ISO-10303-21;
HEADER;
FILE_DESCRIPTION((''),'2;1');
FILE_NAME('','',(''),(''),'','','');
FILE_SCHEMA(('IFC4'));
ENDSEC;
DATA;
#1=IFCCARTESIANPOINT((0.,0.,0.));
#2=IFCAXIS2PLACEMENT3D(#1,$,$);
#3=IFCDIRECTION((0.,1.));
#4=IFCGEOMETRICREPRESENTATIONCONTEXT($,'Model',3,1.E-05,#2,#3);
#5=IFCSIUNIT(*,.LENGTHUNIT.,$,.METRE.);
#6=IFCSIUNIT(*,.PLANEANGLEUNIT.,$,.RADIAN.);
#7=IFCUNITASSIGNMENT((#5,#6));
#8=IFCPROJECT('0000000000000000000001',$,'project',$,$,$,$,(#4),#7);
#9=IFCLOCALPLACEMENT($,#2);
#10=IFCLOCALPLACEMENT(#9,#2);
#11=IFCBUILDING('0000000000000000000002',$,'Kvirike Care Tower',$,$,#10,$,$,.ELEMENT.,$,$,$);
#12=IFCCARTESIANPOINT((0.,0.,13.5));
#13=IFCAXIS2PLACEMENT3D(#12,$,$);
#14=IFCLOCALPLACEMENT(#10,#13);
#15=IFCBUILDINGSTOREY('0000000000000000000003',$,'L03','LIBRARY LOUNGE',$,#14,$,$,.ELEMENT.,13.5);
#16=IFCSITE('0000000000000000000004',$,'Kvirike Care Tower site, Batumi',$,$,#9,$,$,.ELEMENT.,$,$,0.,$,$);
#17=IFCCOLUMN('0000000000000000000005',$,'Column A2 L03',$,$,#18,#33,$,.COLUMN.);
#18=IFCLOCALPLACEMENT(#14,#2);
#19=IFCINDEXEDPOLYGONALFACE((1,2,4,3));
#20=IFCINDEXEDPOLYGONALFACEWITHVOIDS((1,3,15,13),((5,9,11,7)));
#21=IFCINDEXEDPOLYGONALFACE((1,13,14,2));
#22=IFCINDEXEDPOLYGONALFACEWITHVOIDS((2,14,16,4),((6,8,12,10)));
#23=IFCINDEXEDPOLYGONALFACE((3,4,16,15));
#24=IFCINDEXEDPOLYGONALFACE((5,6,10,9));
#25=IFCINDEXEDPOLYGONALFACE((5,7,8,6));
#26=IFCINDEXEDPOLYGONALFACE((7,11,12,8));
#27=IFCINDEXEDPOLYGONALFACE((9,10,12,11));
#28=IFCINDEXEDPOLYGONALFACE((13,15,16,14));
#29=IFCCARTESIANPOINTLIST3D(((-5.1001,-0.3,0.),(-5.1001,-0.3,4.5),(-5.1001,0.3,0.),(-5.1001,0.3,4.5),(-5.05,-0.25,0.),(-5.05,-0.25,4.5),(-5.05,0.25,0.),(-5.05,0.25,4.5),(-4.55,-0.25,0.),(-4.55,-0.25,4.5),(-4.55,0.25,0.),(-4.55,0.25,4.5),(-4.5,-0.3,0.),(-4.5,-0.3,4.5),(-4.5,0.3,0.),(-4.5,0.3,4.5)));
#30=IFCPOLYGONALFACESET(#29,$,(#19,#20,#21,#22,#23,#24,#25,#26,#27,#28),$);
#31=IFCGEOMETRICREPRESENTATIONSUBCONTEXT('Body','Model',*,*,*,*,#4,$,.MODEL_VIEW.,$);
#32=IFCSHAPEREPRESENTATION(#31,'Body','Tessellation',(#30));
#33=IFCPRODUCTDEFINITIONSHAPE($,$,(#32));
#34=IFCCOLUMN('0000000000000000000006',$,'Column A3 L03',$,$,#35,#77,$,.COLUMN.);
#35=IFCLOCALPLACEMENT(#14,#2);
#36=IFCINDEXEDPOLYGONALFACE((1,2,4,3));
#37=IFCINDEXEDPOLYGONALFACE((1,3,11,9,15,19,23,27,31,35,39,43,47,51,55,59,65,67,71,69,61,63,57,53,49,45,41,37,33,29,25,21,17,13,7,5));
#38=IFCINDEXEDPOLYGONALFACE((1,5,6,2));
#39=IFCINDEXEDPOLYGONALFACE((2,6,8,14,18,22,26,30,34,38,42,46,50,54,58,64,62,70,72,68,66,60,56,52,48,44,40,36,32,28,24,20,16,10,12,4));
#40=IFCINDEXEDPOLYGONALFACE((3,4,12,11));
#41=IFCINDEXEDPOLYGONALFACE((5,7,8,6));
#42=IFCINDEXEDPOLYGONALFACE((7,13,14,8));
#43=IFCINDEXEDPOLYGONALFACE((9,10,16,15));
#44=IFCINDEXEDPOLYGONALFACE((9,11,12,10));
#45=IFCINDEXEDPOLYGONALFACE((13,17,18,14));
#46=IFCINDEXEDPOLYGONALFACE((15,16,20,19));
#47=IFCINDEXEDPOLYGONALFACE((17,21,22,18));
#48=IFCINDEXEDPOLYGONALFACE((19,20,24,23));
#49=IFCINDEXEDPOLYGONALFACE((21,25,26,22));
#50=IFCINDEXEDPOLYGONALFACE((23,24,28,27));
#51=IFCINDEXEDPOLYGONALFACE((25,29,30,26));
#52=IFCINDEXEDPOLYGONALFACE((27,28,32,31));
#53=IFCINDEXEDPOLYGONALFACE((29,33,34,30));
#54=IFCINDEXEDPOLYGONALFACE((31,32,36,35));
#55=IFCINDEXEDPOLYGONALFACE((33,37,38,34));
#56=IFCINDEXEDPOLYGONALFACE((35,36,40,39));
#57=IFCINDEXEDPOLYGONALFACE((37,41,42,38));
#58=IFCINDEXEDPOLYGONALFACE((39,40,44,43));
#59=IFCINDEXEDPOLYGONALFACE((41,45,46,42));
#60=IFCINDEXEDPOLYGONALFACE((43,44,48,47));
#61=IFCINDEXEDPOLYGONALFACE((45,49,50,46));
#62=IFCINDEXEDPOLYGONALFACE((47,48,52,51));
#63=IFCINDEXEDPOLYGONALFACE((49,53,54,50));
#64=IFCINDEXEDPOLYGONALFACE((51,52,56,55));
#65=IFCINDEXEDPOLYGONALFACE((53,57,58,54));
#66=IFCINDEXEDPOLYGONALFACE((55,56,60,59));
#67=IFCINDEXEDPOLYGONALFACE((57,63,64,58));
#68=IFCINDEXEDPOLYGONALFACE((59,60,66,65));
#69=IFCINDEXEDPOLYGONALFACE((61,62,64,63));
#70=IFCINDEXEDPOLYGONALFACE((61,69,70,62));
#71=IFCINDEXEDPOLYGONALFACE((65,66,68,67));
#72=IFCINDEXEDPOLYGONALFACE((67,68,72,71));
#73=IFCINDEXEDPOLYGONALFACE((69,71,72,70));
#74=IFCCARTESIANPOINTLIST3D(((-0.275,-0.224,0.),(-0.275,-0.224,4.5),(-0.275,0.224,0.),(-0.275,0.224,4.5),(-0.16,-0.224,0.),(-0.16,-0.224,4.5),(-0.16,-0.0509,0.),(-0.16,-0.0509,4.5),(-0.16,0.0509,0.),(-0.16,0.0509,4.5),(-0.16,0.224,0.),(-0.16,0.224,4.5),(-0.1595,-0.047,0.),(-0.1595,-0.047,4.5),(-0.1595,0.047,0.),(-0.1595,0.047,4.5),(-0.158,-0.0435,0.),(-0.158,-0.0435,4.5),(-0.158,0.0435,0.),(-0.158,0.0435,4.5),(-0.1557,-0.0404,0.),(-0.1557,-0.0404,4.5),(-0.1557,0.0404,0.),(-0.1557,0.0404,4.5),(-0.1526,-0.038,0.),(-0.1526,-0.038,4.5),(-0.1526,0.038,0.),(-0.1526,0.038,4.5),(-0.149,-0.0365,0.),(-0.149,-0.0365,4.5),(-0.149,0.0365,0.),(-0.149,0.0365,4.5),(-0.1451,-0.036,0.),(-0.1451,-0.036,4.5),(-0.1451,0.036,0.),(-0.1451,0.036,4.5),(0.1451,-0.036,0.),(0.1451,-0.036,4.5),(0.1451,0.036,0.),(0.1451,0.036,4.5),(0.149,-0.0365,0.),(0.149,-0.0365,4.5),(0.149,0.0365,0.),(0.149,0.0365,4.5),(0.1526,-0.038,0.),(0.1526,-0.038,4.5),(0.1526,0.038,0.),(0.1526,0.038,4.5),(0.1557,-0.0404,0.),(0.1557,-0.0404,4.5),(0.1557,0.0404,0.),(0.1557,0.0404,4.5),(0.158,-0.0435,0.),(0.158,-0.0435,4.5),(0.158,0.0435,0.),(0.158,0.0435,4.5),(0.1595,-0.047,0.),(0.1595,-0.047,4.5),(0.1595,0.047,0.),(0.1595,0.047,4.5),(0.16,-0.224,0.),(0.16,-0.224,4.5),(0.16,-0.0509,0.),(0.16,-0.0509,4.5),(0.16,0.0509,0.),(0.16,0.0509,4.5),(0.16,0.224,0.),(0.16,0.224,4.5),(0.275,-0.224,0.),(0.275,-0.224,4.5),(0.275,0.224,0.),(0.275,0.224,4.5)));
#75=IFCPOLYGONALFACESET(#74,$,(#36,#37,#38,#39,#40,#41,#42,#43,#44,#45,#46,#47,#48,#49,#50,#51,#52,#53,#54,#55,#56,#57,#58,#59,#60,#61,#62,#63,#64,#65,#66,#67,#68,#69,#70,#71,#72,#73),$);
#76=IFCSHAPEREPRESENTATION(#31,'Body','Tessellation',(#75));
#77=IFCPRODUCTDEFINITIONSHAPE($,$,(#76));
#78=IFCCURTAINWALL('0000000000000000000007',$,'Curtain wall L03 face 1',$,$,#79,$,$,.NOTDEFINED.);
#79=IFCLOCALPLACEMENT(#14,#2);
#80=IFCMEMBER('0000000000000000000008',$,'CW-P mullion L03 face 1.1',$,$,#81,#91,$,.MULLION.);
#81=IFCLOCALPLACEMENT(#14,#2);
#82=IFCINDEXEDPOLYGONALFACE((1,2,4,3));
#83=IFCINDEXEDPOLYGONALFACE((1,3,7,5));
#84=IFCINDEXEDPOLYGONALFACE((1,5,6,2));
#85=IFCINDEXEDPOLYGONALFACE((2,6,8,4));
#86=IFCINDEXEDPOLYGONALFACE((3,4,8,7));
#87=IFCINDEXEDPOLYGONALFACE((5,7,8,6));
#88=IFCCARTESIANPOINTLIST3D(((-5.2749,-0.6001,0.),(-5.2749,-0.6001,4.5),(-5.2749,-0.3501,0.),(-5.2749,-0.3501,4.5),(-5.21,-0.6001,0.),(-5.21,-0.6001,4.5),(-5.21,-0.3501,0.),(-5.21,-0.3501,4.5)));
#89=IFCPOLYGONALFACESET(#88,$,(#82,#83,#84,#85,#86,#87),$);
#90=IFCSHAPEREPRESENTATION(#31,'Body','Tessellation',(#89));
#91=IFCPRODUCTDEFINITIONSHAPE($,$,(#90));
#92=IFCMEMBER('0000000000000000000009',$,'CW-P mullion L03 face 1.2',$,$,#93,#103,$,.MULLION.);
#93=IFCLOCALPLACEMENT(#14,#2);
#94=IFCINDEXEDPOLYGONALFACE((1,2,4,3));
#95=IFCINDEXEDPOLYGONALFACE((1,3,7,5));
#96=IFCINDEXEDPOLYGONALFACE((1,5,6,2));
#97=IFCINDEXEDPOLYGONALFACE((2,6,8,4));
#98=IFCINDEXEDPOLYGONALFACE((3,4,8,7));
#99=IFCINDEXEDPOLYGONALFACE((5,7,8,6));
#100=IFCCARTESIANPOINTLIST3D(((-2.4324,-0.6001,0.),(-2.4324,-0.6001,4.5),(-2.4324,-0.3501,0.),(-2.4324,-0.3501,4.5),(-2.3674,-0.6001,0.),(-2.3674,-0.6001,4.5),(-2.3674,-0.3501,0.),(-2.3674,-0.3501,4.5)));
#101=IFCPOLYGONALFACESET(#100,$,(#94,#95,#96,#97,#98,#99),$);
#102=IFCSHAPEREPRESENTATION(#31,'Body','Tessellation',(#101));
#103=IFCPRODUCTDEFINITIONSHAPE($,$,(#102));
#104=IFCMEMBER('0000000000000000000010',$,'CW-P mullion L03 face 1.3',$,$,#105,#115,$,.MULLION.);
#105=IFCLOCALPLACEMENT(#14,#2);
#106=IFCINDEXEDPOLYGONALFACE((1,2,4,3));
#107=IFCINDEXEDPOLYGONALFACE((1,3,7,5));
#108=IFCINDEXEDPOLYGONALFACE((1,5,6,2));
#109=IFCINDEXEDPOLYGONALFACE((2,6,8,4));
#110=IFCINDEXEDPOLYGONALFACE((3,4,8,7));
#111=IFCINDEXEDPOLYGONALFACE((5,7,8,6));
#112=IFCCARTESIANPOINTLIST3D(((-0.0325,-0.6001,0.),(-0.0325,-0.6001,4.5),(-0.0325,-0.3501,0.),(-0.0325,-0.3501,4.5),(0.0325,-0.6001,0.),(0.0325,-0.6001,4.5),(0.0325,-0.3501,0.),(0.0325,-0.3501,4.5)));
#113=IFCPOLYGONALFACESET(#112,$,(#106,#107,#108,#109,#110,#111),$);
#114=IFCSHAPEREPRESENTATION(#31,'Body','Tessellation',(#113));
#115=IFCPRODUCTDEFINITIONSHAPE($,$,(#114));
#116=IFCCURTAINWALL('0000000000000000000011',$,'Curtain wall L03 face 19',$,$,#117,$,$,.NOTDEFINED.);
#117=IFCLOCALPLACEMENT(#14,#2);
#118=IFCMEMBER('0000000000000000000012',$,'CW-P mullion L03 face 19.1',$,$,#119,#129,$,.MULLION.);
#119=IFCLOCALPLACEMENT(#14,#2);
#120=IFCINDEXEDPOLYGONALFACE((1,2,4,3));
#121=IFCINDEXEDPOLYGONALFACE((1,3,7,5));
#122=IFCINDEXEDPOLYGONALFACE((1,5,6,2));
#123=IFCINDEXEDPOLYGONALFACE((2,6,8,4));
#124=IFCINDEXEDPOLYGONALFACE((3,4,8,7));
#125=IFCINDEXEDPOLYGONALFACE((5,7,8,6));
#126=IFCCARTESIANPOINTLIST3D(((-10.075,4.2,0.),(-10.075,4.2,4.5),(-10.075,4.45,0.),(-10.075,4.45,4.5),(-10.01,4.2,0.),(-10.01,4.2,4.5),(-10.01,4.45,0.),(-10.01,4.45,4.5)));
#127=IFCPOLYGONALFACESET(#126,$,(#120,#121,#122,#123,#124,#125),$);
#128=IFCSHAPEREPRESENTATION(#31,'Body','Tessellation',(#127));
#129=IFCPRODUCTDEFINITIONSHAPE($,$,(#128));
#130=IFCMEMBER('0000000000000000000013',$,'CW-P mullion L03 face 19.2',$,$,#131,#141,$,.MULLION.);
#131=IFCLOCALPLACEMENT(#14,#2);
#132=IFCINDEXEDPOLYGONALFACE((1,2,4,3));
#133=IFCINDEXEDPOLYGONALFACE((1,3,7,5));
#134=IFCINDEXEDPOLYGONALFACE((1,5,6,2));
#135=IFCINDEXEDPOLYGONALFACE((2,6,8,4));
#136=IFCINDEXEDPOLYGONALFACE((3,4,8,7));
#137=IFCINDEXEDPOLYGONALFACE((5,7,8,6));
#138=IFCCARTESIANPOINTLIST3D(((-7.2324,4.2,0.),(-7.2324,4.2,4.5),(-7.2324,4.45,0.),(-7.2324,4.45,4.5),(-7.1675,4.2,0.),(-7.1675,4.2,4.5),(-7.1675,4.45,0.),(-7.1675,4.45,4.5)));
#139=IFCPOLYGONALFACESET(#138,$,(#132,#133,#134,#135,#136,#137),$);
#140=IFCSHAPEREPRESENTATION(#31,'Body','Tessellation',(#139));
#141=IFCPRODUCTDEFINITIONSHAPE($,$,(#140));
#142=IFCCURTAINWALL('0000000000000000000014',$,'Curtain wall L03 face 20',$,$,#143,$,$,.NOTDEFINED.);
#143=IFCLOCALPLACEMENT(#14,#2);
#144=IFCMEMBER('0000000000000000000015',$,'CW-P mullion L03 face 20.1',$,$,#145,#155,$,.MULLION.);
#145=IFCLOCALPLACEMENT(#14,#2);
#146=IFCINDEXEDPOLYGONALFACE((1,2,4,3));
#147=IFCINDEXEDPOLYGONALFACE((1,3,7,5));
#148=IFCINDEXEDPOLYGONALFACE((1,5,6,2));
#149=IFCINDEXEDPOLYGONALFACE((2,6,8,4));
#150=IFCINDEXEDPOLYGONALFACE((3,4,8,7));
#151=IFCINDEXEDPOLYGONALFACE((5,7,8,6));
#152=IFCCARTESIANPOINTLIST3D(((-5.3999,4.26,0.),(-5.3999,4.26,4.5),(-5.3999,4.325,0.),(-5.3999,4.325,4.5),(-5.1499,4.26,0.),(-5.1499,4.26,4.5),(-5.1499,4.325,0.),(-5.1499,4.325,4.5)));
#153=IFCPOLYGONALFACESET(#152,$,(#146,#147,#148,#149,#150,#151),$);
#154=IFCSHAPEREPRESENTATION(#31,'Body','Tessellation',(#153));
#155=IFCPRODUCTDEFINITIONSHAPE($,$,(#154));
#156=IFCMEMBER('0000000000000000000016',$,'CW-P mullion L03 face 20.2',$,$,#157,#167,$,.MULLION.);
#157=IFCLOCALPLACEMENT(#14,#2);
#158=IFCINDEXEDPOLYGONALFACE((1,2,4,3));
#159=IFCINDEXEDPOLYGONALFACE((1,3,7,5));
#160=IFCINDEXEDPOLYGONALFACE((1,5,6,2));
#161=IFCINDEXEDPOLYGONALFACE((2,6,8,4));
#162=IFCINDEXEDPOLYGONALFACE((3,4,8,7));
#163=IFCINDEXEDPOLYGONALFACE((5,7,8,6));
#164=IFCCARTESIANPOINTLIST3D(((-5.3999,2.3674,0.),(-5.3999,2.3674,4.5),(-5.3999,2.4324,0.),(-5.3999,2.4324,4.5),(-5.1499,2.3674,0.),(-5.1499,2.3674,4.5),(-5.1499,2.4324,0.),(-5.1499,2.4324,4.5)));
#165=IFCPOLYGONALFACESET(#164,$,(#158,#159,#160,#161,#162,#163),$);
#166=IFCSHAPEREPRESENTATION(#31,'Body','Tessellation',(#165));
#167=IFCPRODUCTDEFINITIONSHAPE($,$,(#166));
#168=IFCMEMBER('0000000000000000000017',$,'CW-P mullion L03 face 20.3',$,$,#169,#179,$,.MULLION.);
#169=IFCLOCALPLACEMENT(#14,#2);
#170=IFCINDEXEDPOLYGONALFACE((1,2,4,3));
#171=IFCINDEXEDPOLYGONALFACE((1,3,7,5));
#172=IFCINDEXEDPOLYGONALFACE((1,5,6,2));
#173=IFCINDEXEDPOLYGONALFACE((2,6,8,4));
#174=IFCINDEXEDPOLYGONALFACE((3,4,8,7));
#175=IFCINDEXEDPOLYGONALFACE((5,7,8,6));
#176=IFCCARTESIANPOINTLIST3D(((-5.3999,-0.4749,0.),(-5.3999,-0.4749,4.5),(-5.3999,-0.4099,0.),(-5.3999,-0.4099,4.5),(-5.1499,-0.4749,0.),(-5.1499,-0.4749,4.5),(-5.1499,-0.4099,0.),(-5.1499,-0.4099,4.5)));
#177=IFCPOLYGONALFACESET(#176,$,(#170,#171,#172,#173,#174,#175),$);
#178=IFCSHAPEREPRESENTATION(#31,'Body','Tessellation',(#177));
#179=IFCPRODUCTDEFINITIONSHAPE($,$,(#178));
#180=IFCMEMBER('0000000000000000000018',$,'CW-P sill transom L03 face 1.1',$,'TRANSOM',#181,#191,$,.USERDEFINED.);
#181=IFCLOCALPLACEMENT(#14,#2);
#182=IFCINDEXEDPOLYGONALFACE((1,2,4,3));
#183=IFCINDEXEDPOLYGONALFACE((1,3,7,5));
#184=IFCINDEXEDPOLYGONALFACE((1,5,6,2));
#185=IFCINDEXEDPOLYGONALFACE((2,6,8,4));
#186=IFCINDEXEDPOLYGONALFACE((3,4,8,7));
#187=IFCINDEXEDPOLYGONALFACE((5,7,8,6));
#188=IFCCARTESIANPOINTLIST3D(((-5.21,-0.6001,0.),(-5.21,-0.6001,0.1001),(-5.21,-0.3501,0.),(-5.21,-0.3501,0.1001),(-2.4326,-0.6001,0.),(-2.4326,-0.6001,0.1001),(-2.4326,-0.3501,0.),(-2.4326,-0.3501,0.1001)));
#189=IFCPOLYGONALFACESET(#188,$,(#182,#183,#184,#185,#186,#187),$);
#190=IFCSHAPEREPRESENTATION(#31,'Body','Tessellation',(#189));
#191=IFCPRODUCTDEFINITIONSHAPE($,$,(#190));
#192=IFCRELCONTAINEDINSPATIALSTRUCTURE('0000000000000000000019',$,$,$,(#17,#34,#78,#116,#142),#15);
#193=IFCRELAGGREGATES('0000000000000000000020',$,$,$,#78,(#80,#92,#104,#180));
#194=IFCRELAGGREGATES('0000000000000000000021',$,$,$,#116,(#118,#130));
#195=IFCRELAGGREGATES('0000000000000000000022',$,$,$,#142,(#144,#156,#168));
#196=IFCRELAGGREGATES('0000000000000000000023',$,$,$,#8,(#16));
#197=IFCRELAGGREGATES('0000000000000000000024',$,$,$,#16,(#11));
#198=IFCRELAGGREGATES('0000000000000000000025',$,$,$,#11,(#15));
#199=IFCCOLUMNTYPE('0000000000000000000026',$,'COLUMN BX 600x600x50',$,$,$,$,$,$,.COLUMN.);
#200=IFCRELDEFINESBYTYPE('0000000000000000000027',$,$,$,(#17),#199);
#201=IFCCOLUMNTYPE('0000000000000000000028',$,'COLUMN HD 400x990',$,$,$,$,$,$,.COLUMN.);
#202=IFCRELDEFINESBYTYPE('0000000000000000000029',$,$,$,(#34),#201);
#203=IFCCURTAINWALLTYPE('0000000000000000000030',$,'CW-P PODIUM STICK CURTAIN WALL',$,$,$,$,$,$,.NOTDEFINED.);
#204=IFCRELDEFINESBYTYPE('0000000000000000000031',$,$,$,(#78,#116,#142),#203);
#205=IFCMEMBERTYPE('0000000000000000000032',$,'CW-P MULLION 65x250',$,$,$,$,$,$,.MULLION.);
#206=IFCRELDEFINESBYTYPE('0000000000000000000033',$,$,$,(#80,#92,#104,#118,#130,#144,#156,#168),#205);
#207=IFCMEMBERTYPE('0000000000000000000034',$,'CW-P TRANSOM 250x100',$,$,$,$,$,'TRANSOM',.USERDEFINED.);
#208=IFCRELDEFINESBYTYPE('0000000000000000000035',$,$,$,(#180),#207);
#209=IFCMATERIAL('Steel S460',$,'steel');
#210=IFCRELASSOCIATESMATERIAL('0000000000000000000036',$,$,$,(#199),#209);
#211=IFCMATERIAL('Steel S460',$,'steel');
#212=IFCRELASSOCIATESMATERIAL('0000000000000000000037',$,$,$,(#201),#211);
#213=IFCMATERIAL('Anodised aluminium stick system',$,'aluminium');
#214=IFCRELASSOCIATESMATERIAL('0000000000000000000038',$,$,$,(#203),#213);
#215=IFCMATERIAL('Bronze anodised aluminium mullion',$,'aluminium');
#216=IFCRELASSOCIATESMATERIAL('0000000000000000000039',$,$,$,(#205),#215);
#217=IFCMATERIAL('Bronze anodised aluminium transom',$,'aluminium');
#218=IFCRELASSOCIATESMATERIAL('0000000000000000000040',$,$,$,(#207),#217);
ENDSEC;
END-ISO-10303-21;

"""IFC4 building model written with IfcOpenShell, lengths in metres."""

from ifc_helpers import new_model, si_unit, direction, frame, origin, origin_2d, place, context, subcontext, project, spatial, rectangle, hollow_rectangle, i_section, extrude, material, material_profile, profile_set, type_object, element, aggregate, save


model = new_model("IFC4")

# Units and contexts
model_context = context("Model", 3, precision=1e-05, world=origin(), true_north=direction((0.0, 1.0)))
body_context = subcontext(model_context, "Body", "Model", "MODEL_VIEW")
ifc_project = project(units=[si_unit("LENGTHUNIT", "METRE"), si_unit("PLANEANGLEUNIT", "RADIAN")], contexts=[model_context])

# Site, building, storey
site_placement = place(None, origin())
site = spatial("IfcSite", under=ifc_project, at=site_placement, Name="Kvirike Care Tower site, Batumi", CompositionType="ELEMENT", RefElevation=0.0)
building_placement = place(site_placement, origin())
building = spatial("IfcBuilding", under=site, at=building_placement, Name="Kvirike Care Tower", CompositionType="ELEMENT")
storey_placement = place(building_placement, frame((0.0, 0.0, 13.5)))
storey = spatial("IfcBuildingStorey", under=building, at=storey_placement, Name="L03", Description="LIBRARY LOUNGE", CompositionType="ELEMENT", Elevation=13.5)

# Columns
ifc_material_1 = material(Name="Steel S460", Category="steel")
ifc_material_profile_1 = material_profile(ifc_material_1, hollow_rectangle(XDim=0.6001, YDim=0.6001, WallThickness=0.05, at=origin_2d()), Name="BX 600x600x50")
ifc_profile_set_1 = profile_set([ifc_material_profile_1], Name="Steel S460")
column_type_1 = type_object("IfcColumnType", Name="COLUMN BX 600x600x50", PredefinedType="COLUMN", material=ifc_profile_set_1)
column_1_placement = place(storey_placement, frame((-4.8, 0.0, 0.0), z_axis=(0.0, 0.0, 1.0), x_axis=(0.0, 1.0, 0.0)))
element("IfcColumn", 1, at=column_1_placement, inside=storey, type_object=column_type_1, Name="Column A2 L03", PredefinedType="COLUMN", context=body_context, shape_type="SweptSolid", body=[
    extrude(hollow_rectangle(XDim=0.6001, YDim=0.6001, WallThickness=0.05, at=origin_2d()), origin(), (0.0, 0.0, 1.0), 4.5),
])
ifc_material_2 = material(Name="Steel S460", Category="steel")
ifc_material_profile_2 = material_profile(ifc_material_2, i_section(OverallWidth=0.448, OverallDepth=0.55, WebThickness=0.072, FlangeThickness=0.115, FilletRadius=0.0149, at=origin_2d()), Name="HD 400x990")
ifc_profile_set_2 = profile_set([ifc_material_profile_2], Name="Steel S460")
column_type_2 = type_object("IfcColumnType", Name="COLUMN HD 400x990", PredefinedType="COLUMN", material=ifc_profile_set_2)
column_2_placement = place(storey_placement, frame((0.0, 0.0, 0.0), z_axis=(0.0, 0.0, 1.0), x_axis=(0.0, 1.0, 0.0)))
element("IfcColumn", 2, at=column_2_placement, inside=storey, type_object=column_type_2, Name="Column A3 L03", PredefinedType="COLUMN", context=body_context, shape_type="SweptSolid", body=[
    extrude(i_section(OverallWidth=0.448, OverallDepth=0.55, WebThickness=0.072, FlangeThickness=0.115, FilletRadius=0.0149, at=origin_2d()), origin(), (0.0, 0.0, 1.0), 4.5),
])

# Curtain walls, members
ifc_material_3 = material(Name="Anodised aluminium stick system", Category="aluminium")
curtain_wall_type = type_object("IfcCurtainWallType", Name="CW-P PODIUM STICK CURTAIN WALL", PredefinedType="NOTDEFINED", material=ifc_material_3)
curtain_wall_1_placement = place(storey_placement, origin())
curtain_wall_1 = element("IfcCurtainWall", 3, at=curtain_wall_1_placement, inside=storey, type_object=curtain_wall_type, Name="Curtain wall L03 face 1", PredefinedType="NOTDEFINED")
ifc_material_4 = material(Name="Bronze anodised aluminium mullion", Category="aluminium")
ifc_material_profile_3 = material_profile(ifc_material_4, rectangle(XDim=0.0649, YDim=0.25, at=origin_2d()), Name="CW-P MULLION 65x250")
ifc_profile_set_3 = profile_set([ifc_material_profile_3], Name="Bronze anodised aluminium mullion")
member_type_1 = type_object("IfcMemberType", Name="CW-P MULLION 65x250", PredefinedType="MULLION", material=ifc_profile_set_3)
member_1_placement = place(storey_placement, frame((-5.2424, -0.4751, 0.0), z_axis=(0.0, 0.0, 1.0), x_axis=(1.0, 0.0, 0.0)))
member_1 = element("IfcMember", 4, at=member_1_placement, type_object=member_type_1, Name="CW-P mullion L03 face 1.1", PredefinedType="MULLION", context=body_context, shape_type="SweptSolid", body=[
    extrude(rectangle(XDim=0.0649, YDim=0.25, at=origin_2d()), origin(), (0.0, 0.0, 1.0), 4.5),
])
member_2_placement = place(storey_placement, frame((-2.3999, -0.4751, 0.0), z_axis=(0.0, 0.0, 1.0), x_axis=(1.0, 0.0, 0.0)))
member_2 = element("IfcMember", 5, at=member_2_placement, type_object=member_type_1, Name="CW-P mullion L03 face 1.2", PredefinedType="MULLION", context=body_context, shape_type="SweptSolid", body=[
    extrude(rectangle(XDim=0.0649, YDim=0.25, at=origin_2d()), origin(), (0.0, 0.0, 1.0), 4.5),
])
member_3_placement = place(storey_placement, frame((0.0, -0.4751, 0.0), z_axis=(0.0, 0.0, 1.0), x_axis=(1.0, 0.0, 0.0)))
member_3 = element("IfcMember", 6, at=member_3_placement, type_object=member_type_1, Name="CW-P mullion L03 face 1.3", PredefinedType="MULLION", context=body_context, shape_type="SweptSolid", body=[
    extrude(rectangle(XDim=0.0649, YDim=0.25, at=origin_2d()), origin(), (0.0, 0.0, 1.0), 4.5),
])
curtain_wall_2_placement = place(storey_placement, origin())
curtain_wall_2 = element("IfcCurtainWall", 7, at=curtain_wall_2_placement, inside=storey, type_object=curtain_wall_type, Name="Curtain wall L03 face 19", PredefinedType="NOTDEFINED")
member_4_placement = place(storey_placement, frame((-10.0425, 4.325, 0.0), z_axis=(0.0, 0.0, 1.0), x_axis=(1.0, 0.0, 0.0)))
member_4 = element("IfcMember", 8, at=member_4_placement, type_object=member_type_1, Name="CW-P mullion L03 face 19.1", PredefinedType="MULLION", context=body_context, shape_type="SweptSolid", body=[
    extrude(rectangle(XDim=0.0649, YDim=0.25, at=origin_2d()), origin(), (0.0, 0.0, 1.0), 4.5),
])
member_5_placement = place(storey_placement, frame((-7.2, 4.325, 0.0), z_axis=(0.0, 0.0, 1.0), x_axis=(1.0, 0.0, 0.0)))
member_5 = element("IfcMember", 9, at=member_5_placement, type_object=member_type_1, Name="CW-P mullion L03 face 19.2", PredefinedType="MULLION", context=body_context, shape_type="SweptSolid", body=[
    extrude(rectangle(XDim=0.0649, YDim=0.25, at=origin_2d()), origin(), (0.0, 0.0, 1.0), 4.5),
])
curtain_wall_3_placement = place(storey_placement, origin())
curtain_wall_3 = element("IfcCurtainWall", 10, at=curtain_wall_3_placement, inside=storey, type_object=curtain_wall_type, Name="Curtain wall L03 face 20", PredefinedType="NOTDEFINED")
member_6_placement = place(storey_placement, frame((-5.2749, 4.2925, 0.0), z_axis=(0.0, 0.0, 1.0), x_axis=(0.0, -1.0, 0.0)))
member_6 = element("IfcMember", 11, at=member_6_placement, type_object=member_type_1, Name="CW-P mullion L03 face 20.1", PredefinedType="MULLION", context=body_context, shape_type="SweptSolid", body=[
    extrude(rectangle(XDim=0.0649, YDim=0.25, at=origin_2d()), origin(), (0.0, 0.0, 1.0), 4.5),
])
member_7_placement = place(storey_placement, frame((-5.2749, 2.3999, 0.0), z_axis=(0.0, 0.0, 1.0), x_axis=(0.0, -1.0, 0.0)))
member_7 = element("IfcMember", 12, at=member_7_placement, type_object=member_type_1, Name="CW-P mullion L03 face 20.2", PredefinedType="MULLION", context=body_context, shape_type="SweptSolid", body=[
    extrude(rectangle(XDim=0.0649, YDim=0.25, at=origin_2d()), origin(), (0.0, 0.0, 1.0), 4.5),
])
member_8_placement = place(storey_placement, frame((-5.2749, -0.4424, 0.0), z_axis=(0.0, 0.0, 1.0), x_axis=(0.0, -1.0, 0.0)))
member_8 = element("IfcMember", 13, at=member_8_placement, type_object=member_type_1, Name="CW-P mullion L03 face 20.3", PredefinedType="MULLION", context=body_context, shape_type="SweptSolid", body=[
    extrude(rectangle(XDim=0.0649, YDim=0.25, at=origin_2d()), origin(), (0.0, 0.0, 1.0), 4.5),
])

# Member
ifc_material_5 = material(Name="Bronze anodised aluminium transom", Category="aluminium")
ifc_material_profile_4 = material_profile(ifc_material_5, rectangle(XDim=0.25, YDim=0.1001, at=origin_2d()), Name="CW-P TRANSOM 250x100")
ifc_profile_set_4 = profile_set([ifc_material_profile_4], Name="Bronze anodised aluminium transom")
member_type_2 = type_object("IfcMemberType", Name="CW-P TRANSOM 250x100", ElementType="TRANSOM", PredefinedType="USERDEFINED", material=ifc_profile_set_4)
member_9_placement = place(storey_placement, frame((-5.21, -0.4751, 0.05), z_axis=(1.0, 0.0, 0.0), x_axis=(0.0, 1.0, 0.0)))
member_9 = element("IfcMember", 14, at=member_9_placement, type_object=member_type_2, Name="CW-P sill transom L03 face 1.1", ObjectType="TRANSOM", PredefinedType="USERDEFINED", context=body_context, shape_type="SweptSolid", body=[
    extrude(rectangle(XDim=0.25, YDim=0.1001, at=origin_2d()), origin(), (0.0, 0.0, 1.0), 2.7773),
])

aggregate(curtain_wall_1, [member_1, member_2, member_3, member_9])
aggregate(curtain_wall_2, [member_4, member_5])
aggregate(curtain_wall_3, [member_6, member_7, member_8])

save(model, "model.ifc")
